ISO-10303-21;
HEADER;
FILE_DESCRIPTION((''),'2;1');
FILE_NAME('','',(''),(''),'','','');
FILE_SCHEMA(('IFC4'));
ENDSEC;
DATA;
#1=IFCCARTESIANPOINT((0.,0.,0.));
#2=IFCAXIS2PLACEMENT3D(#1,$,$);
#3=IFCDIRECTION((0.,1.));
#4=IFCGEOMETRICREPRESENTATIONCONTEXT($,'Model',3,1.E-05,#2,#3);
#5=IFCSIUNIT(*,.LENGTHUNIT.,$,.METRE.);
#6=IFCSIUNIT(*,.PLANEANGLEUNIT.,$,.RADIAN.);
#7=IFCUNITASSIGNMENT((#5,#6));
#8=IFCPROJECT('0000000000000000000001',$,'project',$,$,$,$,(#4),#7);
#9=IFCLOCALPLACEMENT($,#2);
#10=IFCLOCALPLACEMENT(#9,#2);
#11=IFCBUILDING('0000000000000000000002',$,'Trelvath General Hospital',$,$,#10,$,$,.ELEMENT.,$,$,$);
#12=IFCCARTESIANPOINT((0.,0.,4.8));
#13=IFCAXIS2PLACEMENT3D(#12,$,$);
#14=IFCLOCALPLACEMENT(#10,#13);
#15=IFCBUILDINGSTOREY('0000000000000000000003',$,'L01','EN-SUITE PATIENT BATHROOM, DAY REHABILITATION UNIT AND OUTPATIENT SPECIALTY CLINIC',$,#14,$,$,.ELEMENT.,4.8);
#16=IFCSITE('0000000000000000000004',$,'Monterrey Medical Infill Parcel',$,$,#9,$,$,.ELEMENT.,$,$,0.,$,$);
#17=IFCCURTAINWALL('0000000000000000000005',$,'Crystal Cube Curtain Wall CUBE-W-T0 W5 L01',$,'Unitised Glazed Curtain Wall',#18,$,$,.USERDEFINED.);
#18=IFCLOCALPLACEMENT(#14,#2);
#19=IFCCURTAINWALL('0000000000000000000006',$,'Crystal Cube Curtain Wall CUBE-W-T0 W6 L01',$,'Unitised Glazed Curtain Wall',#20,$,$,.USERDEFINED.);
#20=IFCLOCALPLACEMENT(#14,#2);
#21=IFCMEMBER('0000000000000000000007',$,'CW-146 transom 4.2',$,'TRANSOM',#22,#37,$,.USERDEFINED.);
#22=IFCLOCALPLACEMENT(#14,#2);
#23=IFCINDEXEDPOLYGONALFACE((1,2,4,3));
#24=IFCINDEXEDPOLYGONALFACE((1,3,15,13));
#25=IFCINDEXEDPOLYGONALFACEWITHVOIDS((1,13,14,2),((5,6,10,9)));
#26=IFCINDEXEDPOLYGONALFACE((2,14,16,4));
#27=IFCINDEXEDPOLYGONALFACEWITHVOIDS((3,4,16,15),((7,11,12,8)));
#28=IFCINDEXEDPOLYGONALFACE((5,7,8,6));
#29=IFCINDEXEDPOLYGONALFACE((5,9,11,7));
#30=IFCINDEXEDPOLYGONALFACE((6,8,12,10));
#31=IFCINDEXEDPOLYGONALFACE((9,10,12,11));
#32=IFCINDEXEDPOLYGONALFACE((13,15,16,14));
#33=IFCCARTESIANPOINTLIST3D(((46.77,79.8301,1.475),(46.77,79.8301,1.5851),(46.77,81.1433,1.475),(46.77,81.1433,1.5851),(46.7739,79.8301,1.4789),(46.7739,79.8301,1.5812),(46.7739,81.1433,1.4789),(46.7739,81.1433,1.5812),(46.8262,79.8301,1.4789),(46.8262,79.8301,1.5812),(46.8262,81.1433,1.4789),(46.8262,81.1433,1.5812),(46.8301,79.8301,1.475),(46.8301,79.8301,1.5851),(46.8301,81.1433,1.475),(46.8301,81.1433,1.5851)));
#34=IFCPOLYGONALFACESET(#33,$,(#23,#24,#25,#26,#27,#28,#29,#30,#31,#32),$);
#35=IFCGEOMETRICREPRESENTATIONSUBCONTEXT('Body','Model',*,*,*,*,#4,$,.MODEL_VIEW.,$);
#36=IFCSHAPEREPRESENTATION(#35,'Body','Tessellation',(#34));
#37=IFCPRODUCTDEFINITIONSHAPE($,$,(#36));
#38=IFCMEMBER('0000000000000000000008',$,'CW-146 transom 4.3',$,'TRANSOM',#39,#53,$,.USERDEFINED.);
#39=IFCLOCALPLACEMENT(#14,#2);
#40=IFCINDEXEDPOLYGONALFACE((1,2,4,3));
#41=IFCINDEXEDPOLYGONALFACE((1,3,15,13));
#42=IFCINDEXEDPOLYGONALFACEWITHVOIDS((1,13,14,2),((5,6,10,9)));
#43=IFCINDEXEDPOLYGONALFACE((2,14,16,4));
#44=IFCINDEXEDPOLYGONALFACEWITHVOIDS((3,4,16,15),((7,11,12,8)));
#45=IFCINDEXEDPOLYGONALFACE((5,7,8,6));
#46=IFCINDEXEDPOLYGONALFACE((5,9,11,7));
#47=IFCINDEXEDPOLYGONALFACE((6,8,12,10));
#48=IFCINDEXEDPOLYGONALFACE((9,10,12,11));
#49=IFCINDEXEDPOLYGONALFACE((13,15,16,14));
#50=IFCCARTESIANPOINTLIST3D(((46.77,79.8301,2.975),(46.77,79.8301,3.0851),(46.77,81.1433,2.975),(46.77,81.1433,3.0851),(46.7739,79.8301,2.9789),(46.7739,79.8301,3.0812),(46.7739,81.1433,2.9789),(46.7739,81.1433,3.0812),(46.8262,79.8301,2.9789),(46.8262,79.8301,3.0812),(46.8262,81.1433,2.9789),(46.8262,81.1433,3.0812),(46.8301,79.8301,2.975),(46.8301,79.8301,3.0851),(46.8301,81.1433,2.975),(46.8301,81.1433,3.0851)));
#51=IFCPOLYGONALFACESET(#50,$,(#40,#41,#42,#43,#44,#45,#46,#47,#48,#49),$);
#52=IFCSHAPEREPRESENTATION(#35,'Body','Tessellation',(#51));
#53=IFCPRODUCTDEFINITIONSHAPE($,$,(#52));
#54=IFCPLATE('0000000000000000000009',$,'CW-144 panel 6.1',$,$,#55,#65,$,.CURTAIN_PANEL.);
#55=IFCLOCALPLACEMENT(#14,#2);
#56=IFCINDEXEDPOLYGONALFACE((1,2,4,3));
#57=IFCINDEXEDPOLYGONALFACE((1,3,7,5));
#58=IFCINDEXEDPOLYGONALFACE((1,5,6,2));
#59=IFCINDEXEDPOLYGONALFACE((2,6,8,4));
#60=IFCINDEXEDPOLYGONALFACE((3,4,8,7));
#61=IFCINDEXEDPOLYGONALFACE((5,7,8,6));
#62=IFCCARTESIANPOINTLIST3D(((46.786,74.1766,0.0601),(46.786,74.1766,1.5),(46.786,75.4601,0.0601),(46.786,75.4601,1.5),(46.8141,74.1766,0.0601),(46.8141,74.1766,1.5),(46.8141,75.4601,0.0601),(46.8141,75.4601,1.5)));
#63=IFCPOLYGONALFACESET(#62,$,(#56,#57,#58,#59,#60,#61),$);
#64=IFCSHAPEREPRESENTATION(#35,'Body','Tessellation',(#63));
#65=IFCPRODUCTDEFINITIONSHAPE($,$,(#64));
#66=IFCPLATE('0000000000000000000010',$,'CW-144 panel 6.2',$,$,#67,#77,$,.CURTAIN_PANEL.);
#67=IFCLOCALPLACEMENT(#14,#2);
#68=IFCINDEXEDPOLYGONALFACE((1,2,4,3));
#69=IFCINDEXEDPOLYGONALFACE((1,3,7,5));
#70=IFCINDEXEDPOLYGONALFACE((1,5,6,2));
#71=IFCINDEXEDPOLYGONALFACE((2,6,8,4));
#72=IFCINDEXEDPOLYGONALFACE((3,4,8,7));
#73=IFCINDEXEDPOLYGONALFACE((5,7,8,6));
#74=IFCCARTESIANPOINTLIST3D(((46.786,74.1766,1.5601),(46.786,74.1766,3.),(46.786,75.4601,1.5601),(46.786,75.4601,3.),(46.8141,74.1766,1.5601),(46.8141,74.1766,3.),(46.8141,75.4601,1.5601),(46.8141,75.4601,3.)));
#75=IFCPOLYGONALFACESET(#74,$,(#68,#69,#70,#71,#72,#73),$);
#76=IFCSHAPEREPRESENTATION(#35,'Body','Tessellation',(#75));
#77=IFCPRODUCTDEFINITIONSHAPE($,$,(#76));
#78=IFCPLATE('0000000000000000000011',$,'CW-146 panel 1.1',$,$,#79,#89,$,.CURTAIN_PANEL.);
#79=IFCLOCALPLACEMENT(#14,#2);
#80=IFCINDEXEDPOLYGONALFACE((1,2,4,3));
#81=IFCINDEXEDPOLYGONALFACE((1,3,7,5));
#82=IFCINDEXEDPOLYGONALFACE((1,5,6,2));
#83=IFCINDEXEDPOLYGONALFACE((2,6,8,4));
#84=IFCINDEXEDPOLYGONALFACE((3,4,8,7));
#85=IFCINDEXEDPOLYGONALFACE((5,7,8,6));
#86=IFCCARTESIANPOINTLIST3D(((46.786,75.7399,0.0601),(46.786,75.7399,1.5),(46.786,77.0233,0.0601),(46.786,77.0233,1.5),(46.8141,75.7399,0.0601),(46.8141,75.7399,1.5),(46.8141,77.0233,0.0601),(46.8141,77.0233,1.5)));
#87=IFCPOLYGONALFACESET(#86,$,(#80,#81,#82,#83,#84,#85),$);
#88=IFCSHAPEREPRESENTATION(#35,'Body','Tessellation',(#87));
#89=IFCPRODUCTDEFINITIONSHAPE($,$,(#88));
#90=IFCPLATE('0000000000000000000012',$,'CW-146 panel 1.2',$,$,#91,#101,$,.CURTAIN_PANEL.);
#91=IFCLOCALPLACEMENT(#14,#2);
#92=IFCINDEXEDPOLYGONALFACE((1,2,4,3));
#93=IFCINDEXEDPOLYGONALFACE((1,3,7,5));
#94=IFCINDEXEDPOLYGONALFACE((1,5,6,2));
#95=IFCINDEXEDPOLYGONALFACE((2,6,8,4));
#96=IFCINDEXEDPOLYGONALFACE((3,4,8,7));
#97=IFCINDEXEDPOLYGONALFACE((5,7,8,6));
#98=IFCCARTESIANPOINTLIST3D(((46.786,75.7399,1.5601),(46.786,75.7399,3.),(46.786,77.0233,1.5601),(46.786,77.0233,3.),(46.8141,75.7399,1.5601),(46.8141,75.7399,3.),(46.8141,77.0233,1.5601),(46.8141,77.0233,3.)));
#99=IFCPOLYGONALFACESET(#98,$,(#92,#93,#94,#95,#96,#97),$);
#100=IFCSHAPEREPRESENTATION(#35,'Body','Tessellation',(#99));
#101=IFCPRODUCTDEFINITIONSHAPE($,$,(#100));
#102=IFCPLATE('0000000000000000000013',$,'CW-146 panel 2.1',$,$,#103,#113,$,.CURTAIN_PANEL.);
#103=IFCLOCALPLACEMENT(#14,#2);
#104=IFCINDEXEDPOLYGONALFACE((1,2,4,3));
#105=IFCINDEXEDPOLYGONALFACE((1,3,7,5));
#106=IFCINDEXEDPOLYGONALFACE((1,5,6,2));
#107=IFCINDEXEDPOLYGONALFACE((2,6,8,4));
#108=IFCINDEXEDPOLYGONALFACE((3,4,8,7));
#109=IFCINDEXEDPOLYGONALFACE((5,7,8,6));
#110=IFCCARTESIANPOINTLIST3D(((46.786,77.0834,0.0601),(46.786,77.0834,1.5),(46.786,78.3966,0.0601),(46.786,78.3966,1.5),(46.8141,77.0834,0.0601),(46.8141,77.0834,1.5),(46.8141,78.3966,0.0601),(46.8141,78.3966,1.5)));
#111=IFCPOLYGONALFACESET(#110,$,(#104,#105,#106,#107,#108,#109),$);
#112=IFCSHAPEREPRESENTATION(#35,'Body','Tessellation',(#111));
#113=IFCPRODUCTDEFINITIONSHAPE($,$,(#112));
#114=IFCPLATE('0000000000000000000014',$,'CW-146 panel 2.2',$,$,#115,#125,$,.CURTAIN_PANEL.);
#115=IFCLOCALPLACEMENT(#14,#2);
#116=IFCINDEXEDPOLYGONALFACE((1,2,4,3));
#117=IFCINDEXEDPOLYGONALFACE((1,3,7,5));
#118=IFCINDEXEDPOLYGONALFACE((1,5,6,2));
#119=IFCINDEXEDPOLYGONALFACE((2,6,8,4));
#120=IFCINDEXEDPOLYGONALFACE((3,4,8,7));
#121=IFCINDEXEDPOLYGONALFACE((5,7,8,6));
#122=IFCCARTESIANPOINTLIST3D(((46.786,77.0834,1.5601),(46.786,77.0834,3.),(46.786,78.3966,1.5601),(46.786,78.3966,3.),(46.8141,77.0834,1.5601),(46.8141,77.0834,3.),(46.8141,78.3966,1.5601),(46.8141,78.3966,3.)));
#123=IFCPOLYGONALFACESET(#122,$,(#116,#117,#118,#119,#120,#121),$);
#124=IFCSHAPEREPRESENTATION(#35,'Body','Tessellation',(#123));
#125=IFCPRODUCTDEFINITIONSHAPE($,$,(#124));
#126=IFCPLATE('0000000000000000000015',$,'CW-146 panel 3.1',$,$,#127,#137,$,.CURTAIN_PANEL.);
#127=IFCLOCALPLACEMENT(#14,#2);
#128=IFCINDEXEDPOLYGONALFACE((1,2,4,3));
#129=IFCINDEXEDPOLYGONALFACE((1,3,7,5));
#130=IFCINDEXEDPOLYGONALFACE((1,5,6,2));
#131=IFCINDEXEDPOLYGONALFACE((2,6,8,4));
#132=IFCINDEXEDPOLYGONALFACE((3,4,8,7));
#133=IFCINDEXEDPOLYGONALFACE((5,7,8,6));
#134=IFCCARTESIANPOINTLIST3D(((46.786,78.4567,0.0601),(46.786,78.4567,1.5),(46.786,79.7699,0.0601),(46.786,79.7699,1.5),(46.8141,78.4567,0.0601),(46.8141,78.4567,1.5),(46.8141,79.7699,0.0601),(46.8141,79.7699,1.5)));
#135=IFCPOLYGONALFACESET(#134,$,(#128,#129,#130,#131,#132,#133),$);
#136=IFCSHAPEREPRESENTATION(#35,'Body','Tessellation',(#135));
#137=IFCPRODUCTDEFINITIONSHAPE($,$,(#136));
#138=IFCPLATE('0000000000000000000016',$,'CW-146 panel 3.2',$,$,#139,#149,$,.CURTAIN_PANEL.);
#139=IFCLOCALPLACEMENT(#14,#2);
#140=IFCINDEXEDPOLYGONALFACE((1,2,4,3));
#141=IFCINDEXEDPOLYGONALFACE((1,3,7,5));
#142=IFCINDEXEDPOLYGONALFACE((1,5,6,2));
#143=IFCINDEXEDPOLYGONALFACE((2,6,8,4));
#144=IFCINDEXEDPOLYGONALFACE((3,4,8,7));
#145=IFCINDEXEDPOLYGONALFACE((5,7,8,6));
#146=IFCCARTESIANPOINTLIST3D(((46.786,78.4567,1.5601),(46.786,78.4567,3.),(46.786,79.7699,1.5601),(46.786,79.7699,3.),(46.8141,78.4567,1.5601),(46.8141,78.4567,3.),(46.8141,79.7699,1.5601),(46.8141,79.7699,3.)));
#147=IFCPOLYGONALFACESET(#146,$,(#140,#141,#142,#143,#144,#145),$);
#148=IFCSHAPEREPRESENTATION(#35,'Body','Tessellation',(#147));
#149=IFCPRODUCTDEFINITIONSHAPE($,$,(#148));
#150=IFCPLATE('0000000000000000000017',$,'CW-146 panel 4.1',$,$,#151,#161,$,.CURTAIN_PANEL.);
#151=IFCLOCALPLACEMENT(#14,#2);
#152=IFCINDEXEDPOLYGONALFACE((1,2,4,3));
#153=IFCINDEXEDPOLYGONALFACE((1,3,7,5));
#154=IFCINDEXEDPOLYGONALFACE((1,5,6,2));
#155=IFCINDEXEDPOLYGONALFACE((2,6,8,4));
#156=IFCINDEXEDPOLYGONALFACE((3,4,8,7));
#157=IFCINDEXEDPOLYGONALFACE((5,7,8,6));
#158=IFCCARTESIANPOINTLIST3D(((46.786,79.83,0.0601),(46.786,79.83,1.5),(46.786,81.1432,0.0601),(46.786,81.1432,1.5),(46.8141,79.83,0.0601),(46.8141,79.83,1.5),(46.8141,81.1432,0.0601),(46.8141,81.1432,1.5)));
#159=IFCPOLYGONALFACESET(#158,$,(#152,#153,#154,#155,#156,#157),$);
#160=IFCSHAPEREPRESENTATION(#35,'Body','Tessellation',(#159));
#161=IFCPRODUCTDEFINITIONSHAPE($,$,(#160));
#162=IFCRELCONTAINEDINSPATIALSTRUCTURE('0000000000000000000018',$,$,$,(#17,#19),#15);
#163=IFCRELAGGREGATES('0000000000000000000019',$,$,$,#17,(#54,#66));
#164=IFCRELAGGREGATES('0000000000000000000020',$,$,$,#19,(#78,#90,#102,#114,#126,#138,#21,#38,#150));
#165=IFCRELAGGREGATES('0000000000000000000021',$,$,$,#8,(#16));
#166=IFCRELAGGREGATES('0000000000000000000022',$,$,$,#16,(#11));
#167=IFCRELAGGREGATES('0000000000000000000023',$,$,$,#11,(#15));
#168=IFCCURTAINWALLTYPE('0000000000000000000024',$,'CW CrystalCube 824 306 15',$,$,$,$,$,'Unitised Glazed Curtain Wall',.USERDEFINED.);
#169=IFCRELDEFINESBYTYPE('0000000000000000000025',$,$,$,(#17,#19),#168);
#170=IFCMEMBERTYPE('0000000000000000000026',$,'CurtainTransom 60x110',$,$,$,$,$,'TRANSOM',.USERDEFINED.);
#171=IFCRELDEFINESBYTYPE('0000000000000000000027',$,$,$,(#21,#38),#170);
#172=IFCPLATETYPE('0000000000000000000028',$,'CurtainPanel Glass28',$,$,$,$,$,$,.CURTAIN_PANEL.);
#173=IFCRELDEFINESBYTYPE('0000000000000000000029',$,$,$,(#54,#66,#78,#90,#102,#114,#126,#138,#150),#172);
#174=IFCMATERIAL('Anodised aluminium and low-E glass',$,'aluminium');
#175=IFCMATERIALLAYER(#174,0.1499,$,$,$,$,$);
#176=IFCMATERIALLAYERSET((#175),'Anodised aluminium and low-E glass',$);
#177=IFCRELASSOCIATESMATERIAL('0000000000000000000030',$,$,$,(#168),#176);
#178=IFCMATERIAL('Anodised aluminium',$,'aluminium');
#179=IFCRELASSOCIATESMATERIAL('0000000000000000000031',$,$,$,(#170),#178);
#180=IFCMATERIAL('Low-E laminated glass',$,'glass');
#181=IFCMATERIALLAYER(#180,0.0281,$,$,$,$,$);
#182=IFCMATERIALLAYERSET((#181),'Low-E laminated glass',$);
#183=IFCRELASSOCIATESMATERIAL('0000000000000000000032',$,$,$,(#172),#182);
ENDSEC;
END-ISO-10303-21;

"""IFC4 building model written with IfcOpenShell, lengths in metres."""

from ifc_helpers import new_model, si_unit, direction, frame, origin, origin_2d, place, context, subcontext, project, spatial, rectangle, hollow_rectangle, extrude, material, layer, layer_set, material_profile, profile_set, type_object, element, aggregate, save


model = new_model("IFC4")

# Units and contexts
model_context = context("Model", 3, precision=1e-05, world=origin(), true_north=direction((0.0, 1.0)))
body_context = subcontext(model_context, "Body", "Model", "MODEL_VIEW")
ifc_project = project(units=[si_unit("LENGTHUNIT", "METRE"), si_unit("PLANEANGLEUNIT", "RADIAN")], contexts=[model_context])

# Site, building, storey
site_placement = place(None, origin())
site = spatial("IfcSite", under=ifc_project, at=site_placement, Name="Monterrey Medical Infill Parcel", CompositionType="ELEMENT", RefElevation=0.0)
building_placement = place(site_placement, origin())
building = spatial("IfcBuilding", under=site, at=building_placement, Name="Trelvath General Hospital", CompositionType="ELEMENT")
storey_placement = place(building_placement, frame((0.0, 0.0, 4.8)))
storey = spatial("IfcBuildingStorey", under=building, at=storey_placement, Name="L01", Description="EN-SUITE PATIENT BATHROOM, DAY REHABILITATION UNIT AND OUTPATIENT SPECIALTY CLINIC", CompositionType="ELEMENT", Elevation=4.8)

# Curtain wall
ifc_material_1 = material(Name="Anodised aluminium and low-E glass", Category="aluminium")
ifc_layer_1 = layer(ifc_material_1, 0.1499)
ifc_layer_set_1 = layer_set([ifc_layer_1], Name="Anodised aluminium and low-E glass")
curtain_wall_type = type_object("IfcCurtainWallType", Name="CW CrystalCube 824 306 15", ElementType="Unitised Glazed Curtain Wall", PredefinedType="USERDEFINED", material=ifc_layer_set_1)
curtain_wall_1_placement = place(storey_placement, origin())
curtain_wall_1 = element("IfcCurtainWall", 1, at=curtain_wall_1_placement, inside=storey, type_object=curtain_wall_type, Name="Crystal Cube Curtain Wall CUBE-W-T0 W5 L01", ObjectType="Unitised Glazed Curtain Wall", PredefinedType="USERDEFINED")

# Curtain wall
curtain_wall_2_placement = place(storey_placement, origin())
curtain_wall_2 = element("IfcCurtainWall", 2, at=curtain_wall_2_placement, inside=storey, type_object=curtain_wall_type, Name="Crystal Cube Curtain Wall CUBE-W-T0 W6 L01", ObjectType="Unitised Glazed Curtain Wall", PredefinedType="USERDEFINED")

# Members
ifc_material_2 = material(Name="Anodised aluminium", Category="aluminium")
ifc_material_profile_1 = material_profile(ifc_material_2, hollow_rectangle(XDim=0.0601, YDim=0.1101, WallThickness=0.0039, at=origin_2d()), Name="RHS60x110x4")
ifc_profile_set_1 = profile_set([ifc_material_profile_1], Name="Anodised aluminium")
member_type_1 = type_object("IfcMemberType", Name="CurtainTransom 60x110", ElementType="TRANSOM", PredefinedType="USERDEFINED", material=ifc_profile_set_1)
member_1_placement = place(storey_placement, frame((46.8, 79.8301, 1.53), z_axis=(0.0, 1.0, 0.0), x_axis=(-1.0, 0.0, 0.0)))
member_1 = element("IfcMember", 3, at=member_1_placement, type_object=member_type_1, Name="CW-146 transom 4.2", ObjectType="TRANSOM", PredefinedType="USERDEFINED", context=body_context, shape_type="SweptSolid", body=[
    extrude(hollow_rectangle(XDim=0.0601, YDim=0.1101, WallThickness=0.0039, at=origin_2d()), origin(), (0.0, 0.0, 1.0), 1.3132),
])
member_2_placement = place(storey_placement, frame((46.8, 79.8301, 3.03), z_axis=(0.0, 1.0, 0.0), x_axis=(-1.0, 0.0, 0.0)))
member_2 = element("IfcMember", 4, at=member_2_placement, type_object=member_type_1, Name="CW-146 transom 4.3", ObjectType="TRANSOM", PredefinedType="USERDEFINED", context=body_context, shape_type="SweptSolid", body=[
    extrude(hollow_rectangle(XDim=0.0601, YDim=0.1101, WallThickness=0.0039, at=origin_2d()), origin(), (0.0, 0.0, 1.0), 1.3132),
])

# Plates
ifc_material_3 = material(Name="Low-E laminated glass", Category="glass")
ifc_layer_2 = layer(ifc_material_3, 0.0281)
ifc_layer_set_2 = layer_set([ifc_layer_2], Name="Low-E laminated glass")
plate_type = type_object("IfcPlateType", Name="CurtainPanel Glass28", PredefinedType="CURTAIN_PANEL", material=ifc_layer_set_2)
plate_1_placement = place(storey_placement, frame((46.8, 74.8184, 0.0601), z_axis=(0.0, 0.0, 1.0), x_axis=(0.0, 1.0, 0.0)))
plate_1 = element("IfcPlate", 5, at=plate_1_placement, type_object=plate_type, Name="CW-144 panel 6.1", PredefinedType="CURTAIN_PANEL", context=body_context, shape_type="SweptSolid", body=[
    extrude(rectangle(XDim=1.2834, YDim=0.0281, at=origin_2d()), origin(), (0.0, 0.0, 1.0), 1.4399),
])
plate_2_placement = place(storey_placement, frame((46.8, 74.8184, 1.5601), z_axis=(0.0, 0.0, 1.0), x_axis=(0.0, 1.0, 0.0)))
plate_2 = element("IfcPlate", 6, at=plate_2_placement, type_object=plate_type, Name="CW-144 panel 6.2", PredefinedType="CURTAIN_PANEL", context=body_context, shape_type="SweptSolid", body=[
    extrude(rectangle(XDim=1.2834, YDim=0.0281, at=origin_2d()), origin(), (0.0, 0.0, 1.0), 1.4399),
])
aggregate(curtain_wall_1, [plate_1, plate_2])
plate_3_placement = place(storey_placement, frame((46.8, 76.3816, 0.0601), z_axis=(0.0, 0.0, 1.0), x_axis=(0.0, 1.0, 0.0)))
plate_3 = element("IfcPlate", 7, at=plate_3_placement, type_object=plate_type, Name="CW-146 panel 1.1", PredefinedType="CURTAIN_PANEL", context=body_context, shape_type="SweptSolid", body=[
    extrude(rectangle(XDim=1.2834, YDim=0.0281, at=origin_2d()), origin(), (0.0, 0.0, 1.0), 1.4399),
])
plate_4_placement = place(storey_placement, frame((46.8, 76.3816, 1.5601), z_axis=(0.0, 0.0, 1.0), x_axis=(0.0, 1.0, 0.0)))
plate_4 = element("IfcPlate", 8, at=plate_4_placement, type_object=plate_type, Name="CW-146 panel 1.2", PredefinedType="CURTAIN_PANEL", context=body_context, shape_type="SweptSolid", body=[
    extrude(rectangle(XDim=1.2834, YDim=0.0281, at=origin_2d()), origin(), (0.0, 0.0, 1.0), 1.4399),
])
plate_5_placement = place(storey_placement, frame((46.8, 77.74, 0.0601), z_axis=(0.0, 0.0, 1.0), x_axis=(0.0, 1.0, 0.0)))
plate_5 = element("IfcPlate", 9, at=plate_5_placement, type_object=plate_type, Name="CW-146 panel 2.1", PredefinedType="CURTAIN_PANEL", context=body_context, shape_type="SweptSolid", body=[
    extrude(rectangle(XDim=1.3132, YDim=0.0281, at=origin_2d()), origin(), (0.0, 0.0, 1.0), 1.4399),
])
plate_6_placement = place(storey_placement, frame((46.8, 77.74, 1.5601), z_axis=(0.0, 0.0, 1.0), x_axis=(0.0, 1.0, 0.0)))
plate_6 = element("IfcPlate", 10, at=plate_6_placement, type_object=plate_type, Name="CW-146 panel 2.2", PredefinedType="CURTAIN_PANEL", context=body_context, shape_type="SweptSolid", body=[
    extrude(rectangle(XDim=1.3132, YDim=0.0281, at=origin_2d()), origin(), (0.0, 0.0, 1.0), 1.4399),
])
plate_7_placement = place(storey_placement, frame((46.8, 79.1133, 0.0601), z_axis=(0.0, 0.0, 1.0), x_axis=(0.0, 1.0, 0.0)))
plate_7 = element("IfcPlate", 11, at=plate_7_placement, type_object=plate_type, Name="CW-146 panel 3.1", PredefinedType="CURTAIN_PANEL", context=body_context, shape_type="SweptSolid", body=[
    extrude(rectangle(XDim=1.3132, YDim=0.0281, at=origin_2d()), origin(), (0.0, 0.0, 1.0), 1.4399),
])
plate_8_placement = place(storey_placement, frame((46.8, 79.1133, 1.5601), z_axis=(0.0, 0.0, 1.0), x_axis=(0.0, 1.0, 0.0)))
plate_8 = element("IfcPlate", 12, at=plate_8_placement, type_object=plate_type, Name="CW-146 panel 3.2", PredefinedType="CURTAIN_PANEL", context=body_context, shape_type="SweptSolid", body=[
    extrude(rectangle(XDim=1.3132, YDim=0.0281, at=origin_2d()), origin(), (0.0, 0.0, 1.0), 1.4399),
])
plate_9_placement = place(storey_placement, frame((46.8, 80.4866, 0.0601), z_axis=(0.0, 0.0, 1.0), x_axis=(0.0, 1.0, 0.0)))
plate_9 = element("IfcPlate", 13, at=plate_9_placement, type_object=plate_type, Name="CW-146 panel 4.1", PredefinedType="CURTAIN_PANEL", context=body_context, shape_type="SweptSolid", body=[
    extrude(rectangle(XDim=1.3132, YDim=0.0281, at=origin_2d()), origin(), (0.0, 0.0, 1.0), 1.4399),
])
aggregate(curtain_wall_2, [plate_3, plate_4, plate_5, plate_6, plate_7, plate_8, member_1, member_2, plate_9])

save(model, "model.ifc")
